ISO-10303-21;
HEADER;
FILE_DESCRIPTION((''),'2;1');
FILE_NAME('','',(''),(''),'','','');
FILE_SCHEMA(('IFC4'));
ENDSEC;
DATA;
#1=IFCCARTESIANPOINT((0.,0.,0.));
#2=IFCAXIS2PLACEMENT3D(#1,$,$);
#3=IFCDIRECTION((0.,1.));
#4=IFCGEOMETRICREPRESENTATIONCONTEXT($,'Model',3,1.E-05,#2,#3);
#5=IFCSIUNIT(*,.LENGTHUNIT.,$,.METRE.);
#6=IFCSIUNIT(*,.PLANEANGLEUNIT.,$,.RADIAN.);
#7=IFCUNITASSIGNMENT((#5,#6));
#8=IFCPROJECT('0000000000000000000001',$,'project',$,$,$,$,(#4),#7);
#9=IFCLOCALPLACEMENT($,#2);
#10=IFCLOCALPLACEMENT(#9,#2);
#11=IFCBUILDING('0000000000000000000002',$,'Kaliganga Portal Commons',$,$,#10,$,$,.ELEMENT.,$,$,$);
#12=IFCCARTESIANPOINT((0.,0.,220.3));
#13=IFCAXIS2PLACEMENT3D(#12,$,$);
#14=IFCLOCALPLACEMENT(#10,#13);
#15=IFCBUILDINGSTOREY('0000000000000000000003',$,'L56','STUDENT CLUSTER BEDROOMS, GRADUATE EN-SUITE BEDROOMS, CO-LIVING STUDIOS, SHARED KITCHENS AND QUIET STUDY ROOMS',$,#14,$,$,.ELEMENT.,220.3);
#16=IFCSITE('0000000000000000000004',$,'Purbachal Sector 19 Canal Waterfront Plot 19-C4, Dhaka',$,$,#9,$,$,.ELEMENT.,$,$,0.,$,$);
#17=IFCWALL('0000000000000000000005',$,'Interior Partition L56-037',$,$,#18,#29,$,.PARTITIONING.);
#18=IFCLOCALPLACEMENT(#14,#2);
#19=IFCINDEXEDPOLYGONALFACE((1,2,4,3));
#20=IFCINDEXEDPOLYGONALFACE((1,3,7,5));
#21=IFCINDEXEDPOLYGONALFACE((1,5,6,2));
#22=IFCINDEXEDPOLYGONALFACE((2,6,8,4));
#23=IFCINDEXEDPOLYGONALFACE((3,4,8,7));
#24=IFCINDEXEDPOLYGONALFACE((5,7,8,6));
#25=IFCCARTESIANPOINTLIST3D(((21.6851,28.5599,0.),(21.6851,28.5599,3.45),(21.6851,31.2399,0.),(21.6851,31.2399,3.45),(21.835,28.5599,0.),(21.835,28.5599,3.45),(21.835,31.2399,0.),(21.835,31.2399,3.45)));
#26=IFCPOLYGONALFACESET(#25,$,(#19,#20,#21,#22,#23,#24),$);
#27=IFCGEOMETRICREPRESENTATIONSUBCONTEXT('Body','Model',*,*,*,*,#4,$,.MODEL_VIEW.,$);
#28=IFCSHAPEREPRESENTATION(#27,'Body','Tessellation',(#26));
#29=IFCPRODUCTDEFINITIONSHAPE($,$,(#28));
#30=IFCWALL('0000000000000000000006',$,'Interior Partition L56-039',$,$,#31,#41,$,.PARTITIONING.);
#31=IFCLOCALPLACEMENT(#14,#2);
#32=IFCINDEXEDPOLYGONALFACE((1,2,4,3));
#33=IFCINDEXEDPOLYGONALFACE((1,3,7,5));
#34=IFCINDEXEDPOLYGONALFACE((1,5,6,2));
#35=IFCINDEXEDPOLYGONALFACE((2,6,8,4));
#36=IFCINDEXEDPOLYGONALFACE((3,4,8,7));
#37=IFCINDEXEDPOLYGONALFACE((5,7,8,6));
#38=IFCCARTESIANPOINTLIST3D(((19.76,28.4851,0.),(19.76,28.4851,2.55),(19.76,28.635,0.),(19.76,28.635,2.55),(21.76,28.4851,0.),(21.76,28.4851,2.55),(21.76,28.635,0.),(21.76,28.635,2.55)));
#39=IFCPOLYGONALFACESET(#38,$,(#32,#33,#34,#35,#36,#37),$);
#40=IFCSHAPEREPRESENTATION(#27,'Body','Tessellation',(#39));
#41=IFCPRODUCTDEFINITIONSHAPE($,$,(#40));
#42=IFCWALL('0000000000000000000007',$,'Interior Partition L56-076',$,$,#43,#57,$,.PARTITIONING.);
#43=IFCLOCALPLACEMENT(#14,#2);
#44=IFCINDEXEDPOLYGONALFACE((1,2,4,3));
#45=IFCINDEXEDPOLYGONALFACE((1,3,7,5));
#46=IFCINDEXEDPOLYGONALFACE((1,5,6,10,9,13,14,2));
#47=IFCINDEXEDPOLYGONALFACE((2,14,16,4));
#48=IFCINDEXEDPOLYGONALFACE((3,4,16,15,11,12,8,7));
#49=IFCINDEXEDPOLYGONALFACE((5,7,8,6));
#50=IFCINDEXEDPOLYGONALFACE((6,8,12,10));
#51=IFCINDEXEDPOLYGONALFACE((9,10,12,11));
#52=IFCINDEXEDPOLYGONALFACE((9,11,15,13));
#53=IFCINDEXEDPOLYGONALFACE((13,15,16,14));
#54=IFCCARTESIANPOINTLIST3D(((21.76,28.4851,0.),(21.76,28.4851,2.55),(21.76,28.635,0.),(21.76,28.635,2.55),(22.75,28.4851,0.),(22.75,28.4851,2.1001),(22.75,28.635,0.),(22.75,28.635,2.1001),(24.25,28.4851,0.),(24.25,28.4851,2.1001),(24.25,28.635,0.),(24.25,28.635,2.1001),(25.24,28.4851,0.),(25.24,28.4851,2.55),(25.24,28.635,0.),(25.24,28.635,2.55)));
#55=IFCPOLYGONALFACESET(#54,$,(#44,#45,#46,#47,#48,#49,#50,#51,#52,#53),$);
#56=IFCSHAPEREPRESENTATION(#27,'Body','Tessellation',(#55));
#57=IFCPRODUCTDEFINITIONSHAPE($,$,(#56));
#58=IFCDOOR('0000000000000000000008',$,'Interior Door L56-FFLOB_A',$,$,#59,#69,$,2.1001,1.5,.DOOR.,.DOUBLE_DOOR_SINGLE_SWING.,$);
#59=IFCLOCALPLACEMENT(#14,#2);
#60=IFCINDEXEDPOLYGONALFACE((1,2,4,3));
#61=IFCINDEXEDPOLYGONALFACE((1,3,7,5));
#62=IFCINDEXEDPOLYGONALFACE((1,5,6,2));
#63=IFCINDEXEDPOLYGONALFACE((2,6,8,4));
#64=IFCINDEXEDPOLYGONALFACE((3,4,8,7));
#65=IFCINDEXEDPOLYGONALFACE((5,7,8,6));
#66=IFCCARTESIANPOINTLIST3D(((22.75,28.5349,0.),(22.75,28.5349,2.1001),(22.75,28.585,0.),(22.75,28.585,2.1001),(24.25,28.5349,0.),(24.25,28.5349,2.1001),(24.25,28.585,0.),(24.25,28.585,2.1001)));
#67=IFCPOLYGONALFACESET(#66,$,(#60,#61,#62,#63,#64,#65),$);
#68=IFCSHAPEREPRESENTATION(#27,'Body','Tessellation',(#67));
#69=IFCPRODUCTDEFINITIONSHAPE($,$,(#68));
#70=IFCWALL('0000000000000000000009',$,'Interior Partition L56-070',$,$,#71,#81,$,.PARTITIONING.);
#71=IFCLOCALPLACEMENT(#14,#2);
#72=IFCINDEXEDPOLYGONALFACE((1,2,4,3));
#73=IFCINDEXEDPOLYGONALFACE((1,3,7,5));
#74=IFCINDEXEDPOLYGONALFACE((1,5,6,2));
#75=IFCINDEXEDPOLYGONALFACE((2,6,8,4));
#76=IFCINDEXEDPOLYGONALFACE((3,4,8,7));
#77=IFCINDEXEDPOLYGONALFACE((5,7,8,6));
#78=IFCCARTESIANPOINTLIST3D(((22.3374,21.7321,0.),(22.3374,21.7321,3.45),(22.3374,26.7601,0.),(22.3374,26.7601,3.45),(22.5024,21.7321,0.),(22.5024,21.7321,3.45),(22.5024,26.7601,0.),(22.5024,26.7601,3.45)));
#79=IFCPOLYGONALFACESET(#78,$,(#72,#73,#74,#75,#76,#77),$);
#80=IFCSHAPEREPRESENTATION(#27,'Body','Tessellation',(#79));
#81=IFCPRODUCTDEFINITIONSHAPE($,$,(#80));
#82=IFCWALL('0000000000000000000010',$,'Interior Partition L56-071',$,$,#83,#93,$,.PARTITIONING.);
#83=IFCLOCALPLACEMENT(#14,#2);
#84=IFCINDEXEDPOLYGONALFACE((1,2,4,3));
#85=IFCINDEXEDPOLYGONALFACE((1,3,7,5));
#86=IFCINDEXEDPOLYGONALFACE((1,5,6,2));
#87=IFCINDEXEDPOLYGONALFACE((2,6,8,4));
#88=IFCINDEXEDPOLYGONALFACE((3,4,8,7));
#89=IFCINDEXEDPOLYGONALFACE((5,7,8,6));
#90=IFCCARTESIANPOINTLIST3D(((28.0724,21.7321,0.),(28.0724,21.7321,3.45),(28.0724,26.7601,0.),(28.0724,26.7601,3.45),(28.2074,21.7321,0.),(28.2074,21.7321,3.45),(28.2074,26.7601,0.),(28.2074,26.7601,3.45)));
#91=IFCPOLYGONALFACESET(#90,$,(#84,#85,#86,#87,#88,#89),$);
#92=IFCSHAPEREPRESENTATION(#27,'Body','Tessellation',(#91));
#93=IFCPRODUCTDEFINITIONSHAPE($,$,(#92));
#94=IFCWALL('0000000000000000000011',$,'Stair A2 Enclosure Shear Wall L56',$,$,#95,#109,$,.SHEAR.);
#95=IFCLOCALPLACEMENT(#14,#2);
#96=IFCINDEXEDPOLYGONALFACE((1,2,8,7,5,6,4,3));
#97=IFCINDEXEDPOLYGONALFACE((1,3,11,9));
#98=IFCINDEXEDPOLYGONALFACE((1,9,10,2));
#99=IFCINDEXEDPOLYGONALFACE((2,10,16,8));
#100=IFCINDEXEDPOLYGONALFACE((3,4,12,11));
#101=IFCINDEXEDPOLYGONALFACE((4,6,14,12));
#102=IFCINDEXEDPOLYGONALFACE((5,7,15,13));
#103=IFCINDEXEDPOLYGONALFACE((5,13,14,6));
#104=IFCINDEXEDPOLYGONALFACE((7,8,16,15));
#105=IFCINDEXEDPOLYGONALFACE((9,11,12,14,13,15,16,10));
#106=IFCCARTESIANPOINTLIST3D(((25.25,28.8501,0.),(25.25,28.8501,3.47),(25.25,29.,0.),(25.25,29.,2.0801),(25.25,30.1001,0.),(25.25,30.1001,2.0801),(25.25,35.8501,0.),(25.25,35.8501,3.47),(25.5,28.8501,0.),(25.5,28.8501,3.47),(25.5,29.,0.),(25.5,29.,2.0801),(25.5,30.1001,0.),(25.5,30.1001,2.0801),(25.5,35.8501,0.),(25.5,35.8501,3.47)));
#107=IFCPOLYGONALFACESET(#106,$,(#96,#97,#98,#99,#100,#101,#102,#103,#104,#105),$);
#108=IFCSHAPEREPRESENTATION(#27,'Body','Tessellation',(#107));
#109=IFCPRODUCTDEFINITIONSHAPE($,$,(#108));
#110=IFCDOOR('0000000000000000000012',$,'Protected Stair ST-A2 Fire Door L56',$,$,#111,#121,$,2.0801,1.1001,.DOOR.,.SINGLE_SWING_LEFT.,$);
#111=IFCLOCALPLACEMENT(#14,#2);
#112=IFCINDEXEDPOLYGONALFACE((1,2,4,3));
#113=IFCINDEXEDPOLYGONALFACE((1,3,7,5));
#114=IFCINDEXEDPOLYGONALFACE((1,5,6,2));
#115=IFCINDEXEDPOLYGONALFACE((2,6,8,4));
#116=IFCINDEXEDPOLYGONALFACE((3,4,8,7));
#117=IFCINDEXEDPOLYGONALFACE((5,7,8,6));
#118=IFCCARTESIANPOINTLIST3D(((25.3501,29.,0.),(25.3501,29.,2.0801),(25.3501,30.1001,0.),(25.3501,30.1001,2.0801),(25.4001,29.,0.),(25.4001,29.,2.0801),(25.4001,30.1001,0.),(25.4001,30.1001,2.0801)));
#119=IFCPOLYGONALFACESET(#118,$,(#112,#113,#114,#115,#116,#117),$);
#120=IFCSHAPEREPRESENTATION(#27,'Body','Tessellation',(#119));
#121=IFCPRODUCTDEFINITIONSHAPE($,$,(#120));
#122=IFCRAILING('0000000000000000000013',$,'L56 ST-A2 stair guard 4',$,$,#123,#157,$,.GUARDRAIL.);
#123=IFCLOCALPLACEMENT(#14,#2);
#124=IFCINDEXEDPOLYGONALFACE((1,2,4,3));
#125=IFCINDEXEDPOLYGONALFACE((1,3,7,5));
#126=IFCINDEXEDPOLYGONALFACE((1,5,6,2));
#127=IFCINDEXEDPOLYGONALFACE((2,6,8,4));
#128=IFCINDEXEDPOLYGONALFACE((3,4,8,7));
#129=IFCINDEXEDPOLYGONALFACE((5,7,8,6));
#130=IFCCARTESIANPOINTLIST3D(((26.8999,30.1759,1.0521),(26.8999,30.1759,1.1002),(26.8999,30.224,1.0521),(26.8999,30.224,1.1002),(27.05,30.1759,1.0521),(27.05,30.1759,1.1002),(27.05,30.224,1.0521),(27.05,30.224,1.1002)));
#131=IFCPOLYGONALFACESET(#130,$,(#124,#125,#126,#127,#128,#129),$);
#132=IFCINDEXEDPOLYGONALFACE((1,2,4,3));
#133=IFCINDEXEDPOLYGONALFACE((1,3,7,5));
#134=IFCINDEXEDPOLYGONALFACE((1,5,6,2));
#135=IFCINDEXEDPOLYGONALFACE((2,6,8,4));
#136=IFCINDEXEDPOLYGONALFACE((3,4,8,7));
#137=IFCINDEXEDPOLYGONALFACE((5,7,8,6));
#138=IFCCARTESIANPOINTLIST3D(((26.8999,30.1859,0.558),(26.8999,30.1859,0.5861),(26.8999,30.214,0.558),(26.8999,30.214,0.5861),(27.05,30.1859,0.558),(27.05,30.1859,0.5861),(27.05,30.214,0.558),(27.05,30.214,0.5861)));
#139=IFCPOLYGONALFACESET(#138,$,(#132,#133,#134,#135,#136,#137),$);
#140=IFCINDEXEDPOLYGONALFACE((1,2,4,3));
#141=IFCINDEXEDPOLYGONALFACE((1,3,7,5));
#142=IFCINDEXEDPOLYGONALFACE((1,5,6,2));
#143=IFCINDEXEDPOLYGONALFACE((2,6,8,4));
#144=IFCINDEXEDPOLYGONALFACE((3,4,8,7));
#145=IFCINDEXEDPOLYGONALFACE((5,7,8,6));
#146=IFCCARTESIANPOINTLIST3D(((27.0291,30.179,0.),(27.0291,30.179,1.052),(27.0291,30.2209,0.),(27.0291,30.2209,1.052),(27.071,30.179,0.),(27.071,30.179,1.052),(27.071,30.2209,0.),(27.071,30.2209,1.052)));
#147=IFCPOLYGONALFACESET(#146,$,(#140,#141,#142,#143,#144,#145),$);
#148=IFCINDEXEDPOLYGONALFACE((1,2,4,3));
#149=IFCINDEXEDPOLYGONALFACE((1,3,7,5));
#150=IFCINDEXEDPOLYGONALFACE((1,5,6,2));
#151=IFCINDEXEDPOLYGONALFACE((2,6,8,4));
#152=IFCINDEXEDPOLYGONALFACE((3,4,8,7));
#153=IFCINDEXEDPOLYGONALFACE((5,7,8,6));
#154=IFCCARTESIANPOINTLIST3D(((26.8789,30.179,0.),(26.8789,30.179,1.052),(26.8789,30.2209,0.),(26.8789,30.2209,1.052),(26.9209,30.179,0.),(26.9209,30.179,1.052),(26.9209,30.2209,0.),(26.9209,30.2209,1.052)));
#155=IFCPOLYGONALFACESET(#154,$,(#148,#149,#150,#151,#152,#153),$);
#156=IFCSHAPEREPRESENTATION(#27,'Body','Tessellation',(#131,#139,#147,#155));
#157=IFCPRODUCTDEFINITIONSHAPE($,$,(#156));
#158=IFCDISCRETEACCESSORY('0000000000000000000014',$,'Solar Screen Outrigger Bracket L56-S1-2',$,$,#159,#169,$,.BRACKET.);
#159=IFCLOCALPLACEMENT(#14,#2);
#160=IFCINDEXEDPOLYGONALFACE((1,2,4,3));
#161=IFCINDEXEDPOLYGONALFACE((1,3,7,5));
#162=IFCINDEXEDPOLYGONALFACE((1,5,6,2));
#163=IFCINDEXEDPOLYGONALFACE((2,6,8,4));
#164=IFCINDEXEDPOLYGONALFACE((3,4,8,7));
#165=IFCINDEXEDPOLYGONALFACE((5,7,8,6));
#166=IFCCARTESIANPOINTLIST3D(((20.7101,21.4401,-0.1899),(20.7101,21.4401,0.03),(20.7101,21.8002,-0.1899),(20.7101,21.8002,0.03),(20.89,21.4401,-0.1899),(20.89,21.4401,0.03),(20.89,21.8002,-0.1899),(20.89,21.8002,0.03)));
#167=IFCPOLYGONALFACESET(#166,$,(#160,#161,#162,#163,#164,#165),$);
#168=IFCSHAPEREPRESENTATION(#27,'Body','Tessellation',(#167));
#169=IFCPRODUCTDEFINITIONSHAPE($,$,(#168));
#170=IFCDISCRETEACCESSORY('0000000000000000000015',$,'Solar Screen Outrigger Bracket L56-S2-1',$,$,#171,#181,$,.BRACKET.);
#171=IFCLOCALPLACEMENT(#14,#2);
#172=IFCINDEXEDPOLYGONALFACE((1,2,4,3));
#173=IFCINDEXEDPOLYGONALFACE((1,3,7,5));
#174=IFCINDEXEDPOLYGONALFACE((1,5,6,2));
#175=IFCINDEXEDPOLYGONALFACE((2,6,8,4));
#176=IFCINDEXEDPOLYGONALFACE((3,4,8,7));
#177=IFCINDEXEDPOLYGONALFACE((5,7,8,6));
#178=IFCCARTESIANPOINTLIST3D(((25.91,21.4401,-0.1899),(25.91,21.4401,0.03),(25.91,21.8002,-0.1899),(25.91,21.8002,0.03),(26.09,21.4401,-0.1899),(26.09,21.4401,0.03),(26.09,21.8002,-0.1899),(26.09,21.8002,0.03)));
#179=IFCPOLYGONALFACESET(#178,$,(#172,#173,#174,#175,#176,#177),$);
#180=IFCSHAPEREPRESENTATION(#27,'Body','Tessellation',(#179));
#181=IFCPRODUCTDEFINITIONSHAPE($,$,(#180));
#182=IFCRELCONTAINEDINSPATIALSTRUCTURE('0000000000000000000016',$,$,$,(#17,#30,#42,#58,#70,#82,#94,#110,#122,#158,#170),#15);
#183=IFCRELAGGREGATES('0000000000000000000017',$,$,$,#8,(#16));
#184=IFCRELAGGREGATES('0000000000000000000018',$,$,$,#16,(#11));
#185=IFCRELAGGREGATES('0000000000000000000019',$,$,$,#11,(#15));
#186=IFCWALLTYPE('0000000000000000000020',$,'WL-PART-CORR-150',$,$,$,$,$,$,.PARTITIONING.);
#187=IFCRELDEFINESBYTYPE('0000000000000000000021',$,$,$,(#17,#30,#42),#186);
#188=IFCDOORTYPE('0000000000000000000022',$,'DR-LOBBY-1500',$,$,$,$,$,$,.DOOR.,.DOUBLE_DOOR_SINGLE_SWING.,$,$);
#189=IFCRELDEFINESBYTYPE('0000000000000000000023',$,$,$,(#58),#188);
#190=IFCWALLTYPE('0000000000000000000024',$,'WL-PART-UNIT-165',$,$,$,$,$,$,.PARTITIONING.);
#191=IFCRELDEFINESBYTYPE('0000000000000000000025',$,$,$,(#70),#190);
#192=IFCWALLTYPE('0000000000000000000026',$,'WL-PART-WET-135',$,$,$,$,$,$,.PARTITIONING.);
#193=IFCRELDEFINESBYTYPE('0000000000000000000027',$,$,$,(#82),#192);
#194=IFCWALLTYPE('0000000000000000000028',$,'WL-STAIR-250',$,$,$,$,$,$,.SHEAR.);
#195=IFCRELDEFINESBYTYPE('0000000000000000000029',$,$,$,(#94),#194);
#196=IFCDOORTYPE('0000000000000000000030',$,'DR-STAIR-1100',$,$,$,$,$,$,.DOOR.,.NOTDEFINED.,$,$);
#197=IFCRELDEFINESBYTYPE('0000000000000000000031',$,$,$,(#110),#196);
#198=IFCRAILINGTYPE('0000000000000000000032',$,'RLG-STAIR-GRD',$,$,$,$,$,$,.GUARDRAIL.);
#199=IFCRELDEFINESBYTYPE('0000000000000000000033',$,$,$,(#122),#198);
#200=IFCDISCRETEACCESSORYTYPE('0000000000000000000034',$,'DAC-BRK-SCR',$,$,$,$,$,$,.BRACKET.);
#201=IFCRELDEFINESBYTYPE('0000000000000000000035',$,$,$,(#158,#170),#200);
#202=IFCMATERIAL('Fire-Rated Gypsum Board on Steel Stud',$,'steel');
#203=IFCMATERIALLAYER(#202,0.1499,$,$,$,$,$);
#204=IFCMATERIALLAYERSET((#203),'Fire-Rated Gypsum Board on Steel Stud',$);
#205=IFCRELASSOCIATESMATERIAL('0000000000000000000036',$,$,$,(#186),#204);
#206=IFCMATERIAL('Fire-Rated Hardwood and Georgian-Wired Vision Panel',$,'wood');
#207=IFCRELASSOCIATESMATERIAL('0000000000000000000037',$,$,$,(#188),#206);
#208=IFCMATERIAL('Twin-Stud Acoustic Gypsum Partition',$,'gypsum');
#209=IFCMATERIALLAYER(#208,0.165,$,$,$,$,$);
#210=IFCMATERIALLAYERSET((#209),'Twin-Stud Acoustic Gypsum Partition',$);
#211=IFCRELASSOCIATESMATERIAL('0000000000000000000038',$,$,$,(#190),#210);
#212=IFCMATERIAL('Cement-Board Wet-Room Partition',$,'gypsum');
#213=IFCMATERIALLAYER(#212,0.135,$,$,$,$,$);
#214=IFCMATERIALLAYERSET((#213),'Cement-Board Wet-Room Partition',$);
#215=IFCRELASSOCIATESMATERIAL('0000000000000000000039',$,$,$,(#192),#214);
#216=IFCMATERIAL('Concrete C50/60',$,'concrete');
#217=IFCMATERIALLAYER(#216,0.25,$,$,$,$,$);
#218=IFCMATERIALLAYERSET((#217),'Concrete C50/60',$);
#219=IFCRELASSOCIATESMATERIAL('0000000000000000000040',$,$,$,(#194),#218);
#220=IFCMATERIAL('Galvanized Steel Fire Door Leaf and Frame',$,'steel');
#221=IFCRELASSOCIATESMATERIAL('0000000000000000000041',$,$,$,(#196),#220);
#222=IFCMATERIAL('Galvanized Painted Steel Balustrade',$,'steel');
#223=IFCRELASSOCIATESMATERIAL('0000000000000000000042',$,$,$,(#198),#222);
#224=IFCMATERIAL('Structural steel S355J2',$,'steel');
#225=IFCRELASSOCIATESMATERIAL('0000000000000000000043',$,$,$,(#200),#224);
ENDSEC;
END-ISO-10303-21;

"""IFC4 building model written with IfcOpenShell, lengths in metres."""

from ifc_helpers import new_model, si_unit, direction, frame, frame_2d, origin, origin_2d, place, context, subcontext, project, spatial, rectangle, extrude, source, transform, mapped, material, layer, layer_set, type_object, element, fill, save


model = new_model("IFC4")

# Units and contexts
model_context = context("Model", 3, precision=1e-05, world=origin(), true_north=direction((0.0, 1.0)))
body_context = subcontext(model_context, "Body", "Model", "MODEL_VIEW")
ifc_project = project(units=[si_unit("LENGTHUNIT", "METRE"), si_unit("PLANEANGLEUNIT", "RADIAN")], contexts=[model_context])

# Site, building, storey
site_placement = place(None, origin())
site = spatial("IfcSite", under=ifc_project, at=site_placement, Name="Purbachal Sector 19 Canal Waterfront Plot 19-C4, Dhaka", CompositionType="ELEMENT", RefElevation=0.0)
building_placement = place(site_placement, origin())
building = spatial("IfcBuilding", under=site, at=building_placement, Name="Kaliganga Portal Commons", CompositionType="ELEMENT")
storey_placement = place(building_placement, frame((0.0, 0.0, 220.3)))
storey = spatial("IfcBuildingStorey", under=building, at=storey_placement, Name="L56", Description="STUDENT CLUSTER BEDROOMS, GRADUATE EN-SUITE BEDROOMS, CO-LIVING STUDIOS, SHARED KITCHENS AND QUIET STUDY ROOMS", CompositionType="ELEMENT", Elevation=220.3)

# Shared definitions
ifc_material_1 = material(Name="Concrete C50/60", Category="concrete")
ifc_material_2 = material(Name="Structural steel S355J2", Category="steel")

# Shared definitions
ifc_material_3 = material(Name="Fire-Rated Gypsum Board on Steel Stud", Category="steel")
ifc_layer_1 = layer(ifc_material_3, 0.1499)
ifc_layer_set_1 = layer_set([ifc_layer_1], Name="Fire-Rated Gypsum Board on Steel Stud")
wall_type_1 = type_object("IfcWallType", Name="WL-PART-CORR-150", PredefinedType="PARTITIONING", material=ifc_layer_set_1)

# Walls
wall_1_placement = place(storey_placement, frame((21.76, 28.5601, 0.0), z_axis=(0.0, 0.0, 1.0), x_axis=(0.0, 1.0, 0.0)))
element("IfcWall", 1, at=wall_1_placement, inside=storey, type_object=wall_type_1, Name="Interior Partition L56-037", PredefinedType="PARTITIONING", context=body_context, shape_type="SweptSolid", body=[
    extrude(rectangle(XDim=2.6799, YDim=0.1499, at=frame_2d((1.3398, 0.0))), origin(), (0.0, 0.0, 1.0), 3.45),
])
wall_2_placement = place(storey_placement, frame((19.76, 28.5601, 0.0), z_axis=(0.0, 0.0, 1.0), x_axis=(1.0, 0.0, 0.0)))
element("IfcWall", 2, at=wall_2_placement, inside=storey, type_object=wall_type_1, Name="Interior Partition L56-039", PredefinedType="PARTITIONING", context=body_context, shape_type="SweptSolid", body=[
    extrude(rectangle(XDim=2.0, YDim=0.1499, at=frame_2d((1.0, 0.0))), origin(), (0.0, 0.0, 1.0), 2.55),
])

# Wall, opening, door
wall_3_placement = place(storey_placement, frame((21.76, 28.5601, 0.0), z_axis=(0.0, 0.0, 1.0), x_axis=(1.0, 0.0, 0.0)))
wall_3 = element("IfcWall", 3, at=wall_3_placement, inside=storey, type_object=wall_type_1, Name="Interior Partition L56-076", PredefinedType="PARTITIONING", context=body_context, shape_type="SweptSolid", body=[
    extrude(rectangle(XDim=3.48, YDim=0.1499, at=frame_2d((1.74, 0.0))), origin(), (0.0, 0.0, 1.0), 2.55),
])
opening_1_placement = place(wall_3_placement, frame((0.99, 0.0, 0.0)))
opening_1 = element("IfcOpeningElement", 4, at=opening_1_placement, cuts=wall_3, PredefinedType="OPENING", context=body_context, shape_type="SweptSolid", body=[
    extrude(rectangle(XDim=1.5, YDim=2.1001, at=frame_2d((0.75, 1.05))), frame((0.0, 0.085, 0.0), z_axis=(0.0, -1.0, 0.0), x_axis=(1.0, 0.0, 0.0)), (0.0, 0.0, 1.0), 0.1699),
])
ifc_material_4 = material(Name="Fire-Rated Hardwood and Georgian-Wired Vision Panel", Category="wood")
door_type_1 = type_object("IfcDoorType", Name="DR-LOBBY-1500", OperationType="DOUBLE_DOOR_SINGLE_SWING", PredefinedType="DOOR", material=ifc_material_4)
door_1_placement = place(opening_1_placement, origin())
door_1 = element("IfcDoor", 5, at=door_1_placement, inside=storey, type_object=door_type_1, Name="Interior Door L56-FFLOB_A", OperationType="DOUBLE_DOOR_SINGLE_SWING", OverallHeight=2.1001, OverallWidth=1.5, PredefinedType="DOOR", context=body_context, shape_type="SweptSolid", body=[
    extrude(rectangle(XDim=1.5, YDim=2.1001, at=frame_2d((0.75, 1.05))), frame((0.0, 0.0249, 0.0), z_axis=(0.0, -1.0, 0.0), x_axis=(1.0, 0.0, 0.0)), (0.0, 0.0, 1.0), 0.05),
])
fill(opening_1, door_1)

# Walls
ifc_material_5 = material(Name="Twin-Stud Acoustic Gypsum Partition", Category="gypsum")
ifc_layer_2 = layer(ifc_material_5, 0.165)
ifc_layer_set_2 = layer_set([ifc_layer_2], Name="Twin-Stud Acoustic Gypsum Partition")
wall_type_2 = type_object("IfcWallType", Name="WL-PART-UNIT-165", PredefinedType="PARTITIONING", material=ifc_layer_set_2)
wall_4_placement = place(storey_placement, frame((22.4199, 21.7319, 0.0), z_axis=(0.0, 0.0, 1.0), x_axis=(0.0, 1.0, 0.0)))
element("IfcWall", 6, at=wall_4_placement, inside=storey, type_object=wall_type_2, Name="Interior Partition L56-070", PredefinedType="PARTITIONING", context=body_context, shape_type="SweptSolid", body=[
    extrude(rectangle(XDim=5.0281, YDim=0.165, at=frame_2d((2.5142, 0.0))), origin(), (0.0, 0.0, 1.0), 3.45),
])
ifc_material_6 = material(Name="Cement-Board Wet-Room Partition", Category="gypsum")
ifc_layer_3 = layer(ifc_material_6, 0.135)
ifc_layer_set_3 = layer_set([ifc_layer_3], Name="Cement-Board Wet-Room Partition")
wall_type_3 = type_object("IfcWallType", Name="WL-PART-WET-135", PredefinedType="PARTITIONING", material=ifc_layer_set_3)
wall_5_placement = place(storey_placement, frame((28.1399, 21.7319, 0.0), z_axis=(0.0, 0.0, 1.0), x_axis=(0.0, 1.0, 0.0)))
element("IfcWall", 7, at=wall_5_placement, inside=storey, type_object=wall_type_3, Name="Interior Partition L56-071", PredefinedType="PARTITIONING", context=body_context, shape_type="SweptSolid", body=[
    extrude(rectangle(XDim=5.0281, YDim=0.135, at=frame_2d((2.5142, 0.0))), origin(), (0.0, 0.0, 1.0), 3.45),
])

# Wall, opening, door
ifc_layer_4 = layer(ifc_material_1, 0.25)
ifc_layer_set_4 = layer_set([ifc_layer_4], Name="Concrete C50/60")
wall_type_4 = type_object("IfcWallType", Name="WL-STAIR-250", PredefinedType="SHEAR", material=ifc_layer_set_4)
wall_6_placement = place(storey_placement, frame((25.375, 28.8501, 0.0), z_axis=(0.0, 0.0, 1.0), x_axis=(0.0, 1.0, 0.0)))
wall_6 = element("IfcWall", 8, at=wall_6_placement, inside=storey, type_object=wall_type_4, Name="Stair A2 Enclosure Shear Wall L56", PredefinedType="SHEAR", context=body_context, shape_type="SweptSolid", body=[
    extrude(rectangle(XDim=7.0, YDim=0.25, at=frame_2d((3.5, 0.0))), origin(), (0.0, 0.0, 1.0), 3.47),
])
opening_2_placement = place(wall_6_placement, frame((0.1499, 0.0, 0.0)))
opening_2 = element("IfcOpeningElement", 9, at=opening_2_placement, cuts=wall_6, PredefinedType="OPENING", context=body_context, shape_type="SweptSolid", body=[
    extrude(rectangle(XDim=1.1001, YDim=2.0801, at=frame_2d((0.55, 1.04))), frame((0.0, 0.135, 0.0), z_axis=(0.0, -1.0, 0.0), x_axis=(1.0, 0.0, 0.0)), (0.0, 0.0, 1.0), 0.27),
])
ifc_material_7 = material(Name="Galvanized Steel Fire Door Leaf and Frame", Category="steel")
door_type_2 = type_object("IfcDoorType", Name="DR-STAIR-1100", OperationType="NOTDEFINED", PredefinedType="DOOR", material=ifc_material_7)
door_2_placement = place(opening_2_placement, origin())
door_2 = element("IfcDoor", 10, at=door_2_placement, inside=storey, type_object=door_type_2, Name="Protected Stair ST-A2 Fire Door L56", OperationType="SINGLE_SWING_LEFT", OverallHeight=2.0801, OverallWidth=1.1001, PredefinedType="DOOR", context=body_context, shape_type="SweptSolid", body=[
    extrude(rectangle(XDim=1.1001, YDim=2.0801, at=frame_2d((0.55, 1.04))), frame((0.0, 0.0249, 0.0), z_axis=(0.0, -1.0, 0.0), x_axis=(1.0, 0.0, 0.0)), (0.0, 0.0, 1.0), 0.05),
])
fill(opening_2, door_2)

# Railing
ifc_material_8 = material(Name="Galvanized Painted Steel Balustrade", Category="steel")
railing_type = type_object("IfcRailingType", Name="RLG-STAIR-GRD", PredefinedType="GUARDRAIL", material=ifc_material_8)
railing_placement = place(storey_placement, frame((27.05, 30.2, 0.0)))
element("IfcRailing", 11, at=railing_placement, inside=storey, type_object=railing_type, Name="L56 ST-A2 stair guard 4", PredefinedType="GUARDRAIL", context=body_context, shape_type="SweptSolid", body=[
    extrude(rectangle(XDim=0.0481, YDim=0.0481, at=origin_2d()), frame((0.0, 0.0, 1.0762), z_axis=(-1.0, 0.0, 0.0), x_axis=(0.0, -1.0, 0.0)), (0.0, 0.0, 1.0), 0.1501),
    extrude(rectangle(XDim=0.0281, YDim=0.0281, at=origin_2d()), frame((0.0, 0.0, 0.572), z_axis=(-1.0, 0.0, 0.0), x_axis=(0.0, -1.0, 0.0)), (0.0, 0.0, 1.0), 0.1501),
    extrude(rectangle(XDim=0.042, YDim=0.042, at=origin_2d()), origin(), (0.0, 0.0, 1.0), 1.052),
    extrude(rectangle(XDim=0.042, YDim=0.042, at=origin_2d()), frame((-0.1501, 0.0, 0.0)), (0.0, 0.0, 1.0), 1.052),
])

# Discrete accessories
discrete_accessory_type = type_object("IfcDiscreteAccessoryType", Name="DAC-BRK-SCR", PredefinedType="BRACKET", material=ifc_material_2)
shared_shape_1 = source(origin(), body_context, "Body", "SweptSolid", [
    extrude(rectangle(XDim=0.1799, YDim=0.3601, at=origin_2d()), origin(), (0.0, 0.0, 1.0), 0.22),
])
for number, where, z_axis, x_axis, name in (
    (12, (20.8, 21.6201, -0.1899), (0.0, 0.0, 1.0), (1.0, 0.0, 0.0), "Solar Screen Outrigger Bracket L56-S1-2"),
    (13, (26.0, 21.6201, -0.1899), (0.0, 0.0, 1.0), (1.0, 0.0, 0.0), "Solar Screen Outrigger Bracket L56-S2-1"),
):
    element("IfcDiscreteAccessory", number, at=place(storey_placement, frame(where, z_axis=z_axis, x_axis=x_axis)), inside=storey, type_object=discrete_accessory_type, Name=name, PredefinedType="BRACKET", context=body_context, shape_type="MappedRepresentation", body=[
        mapped(shared_shape_1, transform((0.0, 0.0, 0.0), x_axis=(1.0, 0.0, 0.0), y_axis=(0.0, 1.0, 0.0), z_axis=(0.0, 0.0, 1.0), scale=1.0)),
    ])

save(model, "model.ifc")
